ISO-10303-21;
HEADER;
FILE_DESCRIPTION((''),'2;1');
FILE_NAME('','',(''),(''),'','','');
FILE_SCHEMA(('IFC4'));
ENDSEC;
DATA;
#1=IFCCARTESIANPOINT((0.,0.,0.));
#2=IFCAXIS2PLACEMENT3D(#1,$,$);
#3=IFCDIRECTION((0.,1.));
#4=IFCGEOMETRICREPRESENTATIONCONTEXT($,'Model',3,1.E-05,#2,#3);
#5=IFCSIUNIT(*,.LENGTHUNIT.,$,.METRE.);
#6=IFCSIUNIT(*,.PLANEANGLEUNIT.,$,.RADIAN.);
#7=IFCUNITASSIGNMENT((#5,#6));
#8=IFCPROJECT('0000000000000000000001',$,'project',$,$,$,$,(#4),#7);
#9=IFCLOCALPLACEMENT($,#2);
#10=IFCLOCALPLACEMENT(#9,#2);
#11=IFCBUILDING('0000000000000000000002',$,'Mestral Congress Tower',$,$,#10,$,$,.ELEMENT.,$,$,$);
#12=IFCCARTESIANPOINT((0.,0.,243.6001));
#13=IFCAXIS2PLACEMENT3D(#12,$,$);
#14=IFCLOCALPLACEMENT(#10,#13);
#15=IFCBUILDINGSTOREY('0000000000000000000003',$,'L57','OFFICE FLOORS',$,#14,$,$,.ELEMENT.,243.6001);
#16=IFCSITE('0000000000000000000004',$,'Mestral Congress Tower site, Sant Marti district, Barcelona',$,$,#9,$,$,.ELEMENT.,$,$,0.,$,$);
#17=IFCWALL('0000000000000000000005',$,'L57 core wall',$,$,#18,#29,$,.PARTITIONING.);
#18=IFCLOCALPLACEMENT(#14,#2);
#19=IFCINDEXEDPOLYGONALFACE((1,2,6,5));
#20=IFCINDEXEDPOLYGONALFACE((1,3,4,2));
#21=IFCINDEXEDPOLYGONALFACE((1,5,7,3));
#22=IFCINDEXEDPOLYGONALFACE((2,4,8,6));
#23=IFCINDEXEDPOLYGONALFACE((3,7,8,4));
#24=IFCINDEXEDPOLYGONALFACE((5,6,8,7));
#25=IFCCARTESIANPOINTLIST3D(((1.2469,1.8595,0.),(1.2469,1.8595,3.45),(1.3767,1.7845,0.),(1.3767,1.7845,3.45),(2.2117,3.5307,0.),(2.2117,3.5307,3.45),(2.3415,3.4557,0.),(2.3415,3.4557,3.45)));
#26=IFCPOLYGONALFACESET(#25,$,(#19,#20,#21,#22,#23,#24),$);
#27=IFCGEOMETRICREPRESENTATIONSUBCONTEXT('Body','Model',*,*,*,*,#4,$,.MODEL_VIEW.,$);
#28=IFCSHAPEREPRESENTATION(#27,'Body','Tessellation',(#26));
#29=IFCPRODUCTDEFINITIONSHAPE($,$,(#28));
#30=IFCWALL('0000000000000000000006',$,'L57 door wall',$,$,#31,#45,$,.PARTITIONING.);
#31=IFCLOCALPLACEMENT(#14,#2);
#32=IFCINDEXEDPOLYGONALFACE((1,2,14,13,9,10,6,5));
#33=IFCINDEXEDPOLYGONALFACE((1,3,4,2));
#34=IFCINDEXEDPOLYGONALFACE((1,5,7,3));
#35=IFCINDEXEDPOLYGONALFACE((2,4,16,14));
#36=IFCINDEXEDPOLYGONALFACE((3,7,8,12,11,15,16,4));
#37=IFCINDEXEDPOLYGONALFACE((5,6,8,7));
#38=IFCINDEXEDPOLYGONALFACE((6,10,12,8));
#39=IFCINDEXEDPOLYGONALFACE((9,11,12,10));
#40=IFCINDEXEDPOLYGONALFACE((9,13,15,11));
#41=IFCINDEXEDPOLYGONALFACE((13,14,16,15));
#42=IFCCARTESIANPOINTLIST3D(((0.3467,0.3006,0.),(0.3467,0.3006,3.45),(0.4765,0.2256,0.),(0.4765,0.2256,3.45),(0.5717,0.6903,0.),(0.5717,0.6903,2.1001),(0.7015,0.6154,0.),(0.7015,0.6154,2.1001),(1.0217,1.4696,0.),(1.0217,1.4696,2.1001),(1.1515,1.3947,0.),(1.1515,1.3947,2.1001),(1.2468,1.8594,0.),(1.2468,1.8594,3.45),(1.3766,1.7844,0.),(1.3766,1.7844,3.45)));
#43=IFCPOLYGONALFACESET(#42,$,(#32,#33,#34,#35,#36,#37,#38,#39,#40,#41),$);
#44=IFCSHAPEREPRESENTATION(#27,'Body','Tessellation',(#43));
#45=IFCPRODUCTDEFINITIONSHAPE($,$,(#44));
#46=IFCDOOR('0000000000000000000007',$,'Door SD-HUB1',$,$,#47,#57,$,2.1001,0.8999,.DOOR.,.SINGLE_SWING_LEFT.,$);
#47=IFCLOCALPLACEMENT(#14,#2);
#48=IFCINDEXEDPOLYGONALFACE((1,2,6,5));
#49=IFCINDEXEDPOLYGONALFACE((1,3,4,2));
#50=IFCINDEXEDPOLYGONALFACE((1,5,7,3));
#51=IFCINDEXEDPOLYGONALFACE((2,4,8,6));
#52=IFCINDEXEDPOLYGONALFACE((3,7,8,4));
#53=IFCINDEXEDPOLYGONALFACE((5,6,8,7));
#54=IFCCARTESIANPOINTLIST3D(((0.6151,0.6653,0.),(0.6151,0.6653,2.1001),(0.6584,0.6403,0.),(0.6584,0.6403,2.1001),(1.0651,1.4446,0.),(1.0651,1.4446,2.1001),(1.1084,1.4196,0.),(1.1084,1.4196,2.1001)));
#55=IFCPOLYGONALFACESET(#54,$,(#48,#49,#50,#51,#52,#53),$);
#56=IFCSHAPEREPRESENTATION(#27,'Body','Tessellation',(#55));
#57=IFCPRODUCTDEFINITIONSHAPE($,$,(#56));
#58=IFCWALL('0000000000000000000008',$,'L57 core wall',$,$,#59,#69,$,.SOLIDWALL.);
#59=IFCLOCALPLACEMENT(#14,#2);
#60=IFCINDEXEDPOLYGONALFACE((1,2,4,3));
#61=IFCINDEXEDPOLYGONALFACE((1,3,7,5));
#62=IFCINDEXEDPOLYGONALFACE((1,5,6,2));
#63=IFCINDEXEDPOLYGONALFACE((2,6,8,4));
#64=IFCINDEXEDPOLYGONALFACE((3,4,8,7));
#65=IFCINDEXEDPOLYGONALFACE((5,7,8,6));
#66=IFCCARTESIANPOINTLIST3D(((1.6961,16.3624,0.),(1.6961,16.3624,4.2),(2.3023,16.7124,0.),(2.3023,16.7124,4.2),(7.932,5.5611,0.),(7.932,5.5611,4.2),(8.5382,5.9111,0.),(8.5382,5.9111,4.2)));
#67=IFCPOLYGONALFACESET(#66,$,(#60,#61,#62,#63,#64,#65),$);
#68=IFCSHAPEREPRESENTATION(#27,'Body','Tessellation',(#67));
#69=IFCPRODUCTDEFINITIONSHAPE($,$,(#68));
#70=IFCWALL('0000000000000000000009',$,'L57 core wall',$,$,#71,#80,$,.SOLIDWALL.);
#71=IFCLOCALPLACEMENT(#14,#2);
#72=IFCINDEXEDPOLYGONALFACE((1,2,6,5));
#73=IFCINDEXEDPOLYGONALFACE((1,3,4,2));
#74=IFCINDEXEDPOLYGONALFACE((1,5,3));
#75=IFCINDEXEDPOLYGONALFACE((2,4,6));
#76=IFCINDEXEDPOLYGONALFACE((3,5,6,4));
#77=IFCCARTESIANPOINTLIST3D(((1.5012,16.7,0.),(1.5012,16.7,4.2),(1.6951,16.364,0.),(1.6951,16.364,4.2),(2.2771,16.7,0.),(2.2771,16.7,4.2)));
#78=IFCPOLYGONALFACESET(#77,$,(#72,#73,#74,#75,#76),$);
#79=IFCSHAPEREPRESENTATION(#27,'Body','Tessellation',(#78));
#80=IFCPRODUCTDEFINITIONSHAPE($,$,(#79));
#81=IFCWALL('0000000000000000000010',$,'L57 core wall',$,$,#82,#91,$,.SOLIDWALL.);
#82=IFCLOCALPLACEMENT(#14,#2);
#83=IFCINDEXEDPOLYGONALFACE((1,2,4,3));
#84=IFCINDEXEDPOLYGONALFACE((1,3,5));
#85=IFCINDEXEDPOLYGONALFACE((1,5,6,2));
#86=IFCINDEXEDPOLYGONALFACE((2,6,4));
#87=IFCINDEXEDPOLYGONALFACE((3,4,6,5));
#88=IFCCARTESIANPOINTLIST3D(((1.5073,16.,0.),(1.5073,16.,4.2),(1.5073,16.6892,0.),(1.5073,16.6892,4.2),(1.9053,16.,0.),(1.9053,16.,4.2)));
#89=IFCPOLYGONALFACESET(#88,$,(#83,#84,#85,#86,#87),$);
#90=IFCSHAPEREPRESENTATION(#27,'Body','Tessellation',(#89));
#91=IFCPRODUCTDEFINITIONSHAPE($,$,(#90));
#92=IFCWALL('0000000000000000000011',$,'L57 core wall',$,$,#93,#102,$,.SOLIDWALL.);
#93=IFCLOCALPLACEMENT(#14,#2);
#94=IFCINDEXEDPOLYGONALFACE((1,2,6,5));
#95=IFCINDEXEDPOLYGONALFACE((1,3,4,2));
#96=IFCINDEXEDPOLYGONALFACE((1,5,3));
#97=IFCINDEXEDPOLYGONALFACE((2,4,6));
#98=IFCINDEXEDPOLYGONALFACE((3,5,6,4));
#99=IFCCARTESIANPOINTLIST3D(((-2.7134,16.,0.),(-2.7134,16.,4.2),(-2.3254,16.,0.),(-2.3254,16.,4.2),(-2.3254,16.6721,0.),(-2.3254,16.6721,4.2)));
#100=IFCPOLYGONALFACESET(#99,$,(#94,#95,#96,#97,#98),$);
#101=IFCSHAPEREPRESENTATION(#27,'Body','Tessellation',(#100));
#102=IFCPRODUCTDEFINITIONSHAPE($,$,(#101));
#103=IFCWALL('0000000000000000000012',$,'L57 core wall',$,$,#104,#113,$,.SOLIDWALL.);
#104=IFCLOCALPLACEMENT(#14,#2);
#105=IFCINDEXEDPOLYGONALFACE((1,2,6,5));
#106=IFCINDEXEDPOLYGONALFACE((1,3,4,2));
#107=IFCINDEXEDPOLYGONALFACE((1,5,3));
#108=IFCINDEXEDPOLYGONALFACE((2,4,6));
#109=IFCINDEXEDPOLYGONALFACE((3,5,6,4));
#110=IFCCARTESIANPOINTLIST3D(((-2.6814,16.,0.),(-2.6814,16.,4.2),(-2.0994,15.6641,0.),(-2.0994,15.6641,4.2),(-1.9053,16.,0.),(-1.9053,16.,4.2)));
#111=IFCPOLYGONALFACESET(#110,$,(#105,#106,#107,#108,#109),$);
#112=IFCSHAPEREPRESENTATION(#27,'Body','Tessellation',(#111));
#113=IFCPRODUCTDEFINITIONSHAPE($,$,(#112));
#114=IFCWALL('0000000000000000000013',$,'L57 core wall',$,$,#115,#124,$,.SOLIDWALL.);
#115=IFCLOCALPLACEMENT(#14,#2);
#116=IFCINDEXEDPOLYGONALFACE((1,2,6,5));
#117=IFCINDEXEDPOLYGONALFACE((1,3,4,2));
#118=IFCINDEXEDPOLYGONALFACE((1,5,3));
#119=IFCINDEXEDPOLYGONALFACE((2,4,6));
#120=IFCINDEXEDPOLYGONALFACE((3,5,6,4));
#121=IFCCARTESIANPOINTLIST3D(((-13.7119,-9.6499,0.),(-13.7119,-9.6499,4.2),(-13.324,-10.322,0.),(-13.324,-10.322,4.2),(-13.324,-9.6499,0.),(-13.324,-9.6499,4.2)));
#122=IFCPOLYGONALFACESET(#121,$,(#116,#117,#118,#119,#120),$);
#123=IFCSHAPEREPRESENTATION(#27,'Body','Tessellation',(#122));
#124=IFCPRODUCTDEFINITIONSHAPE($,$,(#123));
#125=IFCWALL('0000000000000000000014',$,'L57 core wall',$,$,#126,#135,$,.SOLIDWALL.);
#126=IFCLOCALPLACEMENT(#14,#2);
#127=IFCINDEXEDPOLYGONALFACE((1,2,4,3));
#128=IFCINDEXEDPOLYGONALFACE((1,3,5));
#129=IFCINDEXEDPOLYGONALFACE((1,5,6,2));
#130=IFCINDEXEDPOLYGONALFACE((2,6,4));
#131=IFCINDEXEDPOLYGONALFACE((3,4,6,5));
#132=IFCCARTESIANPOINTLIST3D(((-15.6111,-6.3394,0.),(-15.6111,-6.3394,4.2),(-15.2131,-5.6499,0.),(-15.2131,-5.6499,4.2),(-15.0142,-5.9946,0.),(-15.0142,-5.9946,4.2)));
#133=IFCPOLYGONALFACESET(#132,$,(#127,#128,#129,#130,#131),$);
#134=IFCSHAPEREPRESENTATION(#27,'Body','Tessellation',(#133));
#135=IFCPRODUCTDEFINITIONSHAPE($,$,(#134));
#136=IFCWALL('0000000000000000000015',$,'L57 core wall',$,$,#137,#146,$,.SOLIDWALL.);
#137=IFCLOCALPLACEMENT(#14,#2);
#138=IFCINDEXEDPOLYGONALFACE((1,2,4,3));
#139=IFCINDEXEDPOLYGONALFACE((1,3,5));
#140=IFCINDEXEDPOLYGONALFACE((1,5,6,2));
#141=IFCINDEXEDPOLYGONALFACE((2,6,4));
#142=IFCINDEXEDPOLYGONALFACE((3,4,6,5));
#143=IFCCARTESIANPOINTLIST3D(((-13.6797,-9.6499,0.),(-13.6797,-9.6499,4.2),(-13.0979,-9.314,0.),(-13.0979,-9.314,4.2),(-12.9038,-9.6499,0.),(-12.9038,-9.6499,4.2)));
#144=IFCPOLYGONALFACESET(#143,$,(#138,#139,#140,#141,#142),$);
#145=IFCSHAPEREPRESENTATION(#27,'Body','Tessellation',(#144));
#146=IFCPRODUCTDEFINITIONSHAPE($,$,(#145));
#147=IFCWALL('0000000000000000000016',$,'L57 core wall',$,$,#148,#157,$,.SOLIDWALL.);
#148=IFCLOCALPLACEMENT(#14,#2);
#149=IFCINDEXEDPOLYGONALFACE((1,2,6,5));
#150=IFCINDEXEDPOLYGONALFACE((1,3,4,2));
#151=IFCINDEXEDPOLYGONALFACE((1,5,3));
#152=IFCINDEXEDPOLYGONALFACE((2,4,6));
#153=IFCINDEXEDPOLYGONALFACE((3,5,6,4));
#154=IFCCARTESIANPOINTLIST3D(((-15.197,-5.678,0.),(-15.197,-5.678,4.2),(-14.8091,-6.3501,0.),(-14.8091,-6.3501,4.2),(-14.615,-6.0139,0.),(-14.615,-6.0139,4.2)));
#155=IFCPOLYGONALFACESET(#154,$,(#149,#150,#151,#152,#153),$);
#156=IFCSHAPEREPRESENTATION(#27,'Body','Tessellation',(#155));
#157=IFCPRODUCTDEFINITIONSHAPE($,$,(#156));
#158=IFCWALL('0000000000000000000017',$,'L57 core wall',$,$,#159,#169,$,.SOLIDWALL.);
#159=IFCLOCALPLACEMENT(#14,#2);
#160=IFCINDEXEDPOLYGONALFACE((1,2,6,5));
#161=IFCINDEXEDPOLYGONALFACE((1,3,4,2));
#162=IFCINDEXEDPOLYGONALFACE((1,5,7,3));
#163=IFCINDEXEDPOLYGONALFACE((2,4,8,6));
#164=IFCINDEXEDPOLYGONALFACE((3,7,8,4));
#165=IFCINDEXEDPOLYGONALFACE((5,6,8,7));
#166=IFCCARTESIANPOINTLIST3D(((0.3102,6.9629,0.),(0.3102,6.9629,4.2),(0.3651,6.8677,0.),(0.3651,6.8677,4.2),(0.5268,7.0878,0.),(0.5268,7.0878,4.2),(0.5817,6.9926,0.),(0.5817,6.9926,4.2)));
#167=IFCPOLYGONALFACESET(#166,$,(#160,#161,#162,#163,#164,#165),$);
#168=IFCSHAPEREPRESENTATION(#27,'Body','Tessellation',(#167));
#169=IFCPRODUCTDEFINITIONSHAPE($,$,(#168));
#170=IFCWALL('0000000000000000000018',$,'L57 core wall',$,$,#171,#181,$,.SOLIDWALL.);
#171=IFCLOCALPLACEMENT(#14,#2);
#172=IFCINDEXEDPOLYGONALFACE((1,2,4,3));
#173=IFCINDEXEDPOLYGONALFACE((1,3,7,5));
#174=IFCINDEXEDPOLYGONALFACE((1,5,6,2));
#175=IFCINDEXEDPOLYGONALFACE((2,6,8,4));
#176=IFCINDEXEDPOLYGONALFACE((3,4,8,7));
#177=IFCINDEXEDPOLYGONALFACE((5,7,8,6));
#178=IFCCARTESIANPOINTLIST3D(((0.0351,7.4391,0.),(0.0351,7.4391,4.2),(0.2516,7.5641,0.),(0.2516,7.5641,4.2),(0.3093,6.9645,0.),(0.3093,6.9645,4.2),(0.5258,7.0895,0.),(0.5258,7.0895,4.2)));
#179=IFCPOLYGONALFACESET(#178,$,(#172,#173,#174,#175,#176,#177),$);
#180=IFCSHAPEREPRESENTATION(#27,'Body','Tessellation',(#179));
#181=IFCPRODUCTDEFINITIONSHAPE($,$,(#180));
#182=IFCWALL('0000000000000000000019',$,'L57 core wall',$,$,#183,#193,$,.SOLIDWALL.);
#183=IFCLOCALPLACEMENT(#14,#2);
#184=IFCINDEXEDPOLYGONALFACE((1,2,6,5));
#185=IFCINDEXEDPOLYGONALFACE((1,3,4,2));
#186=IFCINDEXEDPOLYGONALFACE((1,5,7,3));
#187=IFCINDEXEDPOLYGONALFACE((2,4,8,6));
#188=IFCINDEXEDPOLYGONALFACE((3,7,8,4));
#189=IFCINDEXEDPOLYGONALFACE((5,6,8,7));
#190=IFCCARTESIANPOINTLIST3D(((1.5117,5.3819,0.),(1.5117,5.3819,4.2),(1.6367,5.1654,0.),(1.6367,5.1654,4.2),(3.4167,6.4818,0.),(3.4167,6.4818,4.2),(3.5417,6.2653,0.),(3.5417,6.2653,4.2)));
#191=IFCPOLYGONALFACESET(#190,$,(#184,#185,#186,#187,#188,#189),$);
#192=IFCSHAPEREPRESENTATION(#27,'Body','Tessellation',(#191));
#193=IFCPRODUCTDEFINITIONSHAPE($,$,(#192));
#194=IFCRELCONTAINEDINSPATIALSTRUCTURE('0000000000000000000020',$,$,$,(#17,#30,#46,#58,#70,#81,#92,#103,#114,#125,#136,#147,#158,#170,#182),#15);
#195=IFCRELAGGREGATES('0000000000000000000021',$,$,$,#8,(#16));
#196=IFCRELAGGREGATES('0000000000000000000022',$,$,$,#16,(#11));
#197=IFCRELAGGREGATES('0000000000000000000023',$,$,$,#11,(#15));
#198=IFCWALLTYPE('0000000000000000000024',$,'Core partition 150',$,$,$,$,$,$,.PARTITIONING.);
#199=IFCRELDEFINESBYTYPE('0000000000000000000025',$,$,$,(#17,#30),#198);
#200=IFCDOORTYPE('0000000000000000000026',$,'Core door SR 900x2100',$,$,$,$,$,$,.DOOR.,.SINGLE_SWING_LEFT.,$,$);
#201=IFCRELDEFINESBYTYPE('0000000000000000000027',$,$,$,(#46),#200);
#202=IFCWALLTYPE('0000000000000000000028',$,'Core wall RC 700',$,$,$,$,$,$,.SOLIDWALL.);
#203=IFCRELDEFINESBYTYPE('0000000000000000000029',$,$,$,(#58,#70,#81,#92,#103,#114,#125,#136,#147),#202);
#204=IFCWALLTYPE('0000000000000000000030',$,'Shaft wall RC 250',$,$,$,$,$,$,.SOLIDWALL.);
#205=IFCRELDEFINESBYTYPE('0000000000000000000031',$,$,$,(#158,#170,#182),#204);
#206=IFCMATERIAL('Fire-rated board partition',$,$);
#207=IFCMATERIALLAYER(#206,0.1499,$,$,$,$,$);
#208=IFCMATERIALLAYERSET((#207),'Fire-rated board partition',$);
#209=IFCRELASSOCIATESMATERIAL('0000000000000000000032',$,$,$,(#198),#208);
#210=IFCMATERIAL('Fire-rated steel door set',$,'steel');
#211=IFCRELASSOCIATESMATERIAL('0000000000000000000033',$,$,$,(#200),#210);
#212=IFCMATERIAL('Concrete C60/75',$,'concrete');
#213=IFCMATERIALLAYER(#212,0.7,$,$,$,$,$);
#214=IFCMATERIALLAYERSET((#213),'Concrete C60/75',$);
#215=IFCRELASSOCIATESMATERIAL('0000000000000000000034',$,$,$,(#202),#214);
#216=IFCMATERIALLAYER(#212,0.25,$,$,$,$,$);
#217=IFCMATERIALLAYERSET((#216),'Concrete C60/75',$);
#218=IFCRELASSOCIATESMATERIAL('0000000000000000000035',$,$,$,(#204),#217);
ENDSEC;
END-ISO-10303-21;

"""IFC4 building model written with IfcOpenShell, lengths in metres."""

from ifc_helpers import new_model, si_unit, direction, frame, frame_2d, origin, place, context, subcontext, project, spatial, polyline, rectangle, outline, extrude, material, layer, layer_set, type_object, element, fill, save


model = new_model("IFC4")

# Units and contexts
model_context = context("Model", 3, precision=1e-05, world=origin(), true_north=direction((0.0, 1.0)))
body_context = subcontext(model_context, "Body", "Model", "MODEL_VIEW")
ifc_project = project(units=[si_unit("LENGTHUNIT", "METRE"), si_unit("PLANEANGLEUNIT", "RADIAN")], contexts=[model_context])

# Site, building, storey
site_placement = place(None, origin())
site = spatial("IfcSite", under=ifc_project, at=site_placement, Name="Mestral Congress Tower site, Sant Marti district, Barcelona", CompositionType="ELEMENT", RefElevation=0.0)
building_placement = place(site_placement, origin())
building = spatial("IfcBuilding", under=site, at=building_placement, Name="Mestral Congress Tower", CompositionType="ELEMENT")
storey_placement = place(building_placement, frame((0.0, 0.0, 243.6001)))
storey = spatial("IfcBuildingStorey", under=building, at=storey_placement, Name="L57", Description="OFFICE FLOORS", CompositionType="ELEMENT", Elevation=243.6001)

# Wall
ifc_material_1 = material(Name="Fire-rated board partition")
ifc_layer_1 = layer(ifc_material_1, 0.1499)
ifc_layer_set_1 = layer_set([ifc_layer_1], Name="Fire-rated board partition")
wall_type_1 = type_object("IfcWallType", Name="Core partition 150", PredefinedType="PARTITIONING", material=ifc_layer_set_1)
wall_1_placement = place(storey_placement, frame((1.3118, 1.822, 0.0), z_axis=(0.0, 0.0, 1.0), x_axis=(0.500004, 0.866023, 0.0)))
element("IfcWall", 1, at=wall_1_placement, inside=storey, type_object=wall_type_1, Name="L57 core wall", PredefinedType="PARTITIONING", context=body_context, shape_type="SweptSolid", body=[
    extrude(rectangle(XDim=1.9297, YDim=0.1499, at=frame_2d((0.9648, 0.0))), origin(), (0.0, 0.0, 1.0), 3.45),
])

# Wall, opening, door
wall_2_placement = place(storey_placement, frame((0.4116, 0.2632, 0.0), z_axis=(0.0, 0.0, 1.0), x_axis=(0.500063, 0.865989, 0.0)))
wall_2 = element("IfcWall", 2, at=wall_2_placement, inside=storey, type_object=wall_type_1, Name="L57 door wall", PredefinedType="PARTITIONING", context=body_context, shape_type="SweptSolid", body=[
    extrude(rectangle(XDim=1.8, YDim=0.1499, at=frame_2d((0.8999, 0.0))), origin(), (0.0, 0.0, 1.0), 3.45),
])
opening_placement = place(wall_2_placement, frame((0.45, 0.0, 0.0)))
opening = element("IfcOpeningElement", 3, at=opening_placement, cuts=wall_2, PredefinedType="OPENING", context=body_context, shape_type="SweptSolid", body=[
    extrude(rectangle(XDim=0.8999, YDim=2.1001, at=frame_2d((0.45, 1.05))), frame((0.0, 0.085, 0.0), z_axis=(0.0, -1.0, 0.0), x_axis=(1.0, 0.0, 0.0)), (0.0, 0.0, 1.0), 0.1699),
])
ifc_material_2 = material(Name="Fire-rated steel door set", Category="steel")
door_type = type_object("IfcDoorType", Name="Core door SR 900x2100", OperationType="SINGLE_SWING_LEFT", PredefinedType="DOOR", material=ifc_material_2)
door_placement = place(opening_placement, origin())
door = element("IfcDoor", 4, at=door_placement, inside=storey, type_object=door_type, Name="Door SD-HUB1", OperationType="SINGLE_SWING_LEFT", OverallHeight=2.1001, OverallWidth=0.8999, PredefinedType="DOOR", context=body_context, shape_type="SweptSolid", body=[
    extrude(rectangle(XDim=0.8999, YDim=2.1001, at=frame_2d((0.45, 1.05))), frame((0.0, 0.0249, 0.0), z_axis=(0.0, -1.0, 0.0), x_axis=(1.0, 0.0, 0.0)), (0.0, 0.0, 1.0), 0.05),
])
fill(opening, door)

# Walls
ifc_material_3 = material(Name="Concrete C60/75", Category="concrete")
ifc_layer_2 = layer(ifc_material_3, 0.7)
ifc_layer_set_2 = layer_set([ifc_layer_2], Name="Concrete C60/75")
wall_type_2 = type_object("IfcWallType", Name="Core wall RC 700", PredefinedType="SOLIDWALL", material=ifc_layer_set_2)
wall_3_placement = place(storey_placement, frame((8.2351, 5.7361, 0.0), z_axis=(0.0, 0.0, 1.0), x_axis=(-0.499983, 0.866035, 0.0)))
element("IfcWall", 5, at=wall_3_placement, inside=storey, type_object=wall_type_2, Name="L57 core wall", PredefinedType="SOLIDWALL", context=body_context, shape_type="SweptSolid", body=[
    extrude(rectangle(XDim=12.4722, YDim=0.7, at=frame_2d((6.2361, 0.0))), origin(), (0.0, 0.0, 1.0), 4.2),
])
placement = place(storey_placement, origin())
element("IfcWall", 6, at=placement, inside=storey, type_object=wall_type_2, Name="L57 core wall", PredefinedType="SOLIDWALL", context=body_context, shape_type="SweptSolid", body=[
    extrude(outline(polyline([(1.5012, 16.7), (2.2771, 16.7), (1.6951, 16.364), (1.5012, 16.7)])), origin(), (0.0, 0.0, 1.0), 4.2),
])
element("IfcWall", 7, at=placement, inside=storey, type_object=wall_type_2, Name="L57 core wall", PredefinedType="SOLIDWALL", context=body_context, shape_type="SweptSolid", body=[
    extrude(outline(polyline([(1.9053, 16.0), (1.5073, 16.0), (1.5073, 16.6892), (1.9053, 16.0)])), origin(), (0.0, 0.0, 1.0), 4.2),
])
element("IfcWall", 8, at=placement, inside=storey, type_object=wall_type_2, Name="L57 core wall", PredefinedType="SOLIDWALL", context=body_context, shape_type="SweptSolid", body=[
    extrude(outline(polyline([(-2.7134, 16.0), (-2.3254, 16.6721), (-2.3254, 16.0), (-2.7134, 16.0)])), origin(), (0.0, 0.0, 1.0), 4.2),
])
element("IfcWall", 9, at=placement, inside=storey, type_object=wall_type_2, Name="L57 core wall", PredefinedType="SOLIDWALL", context=body_context, shape_type="SweptSolid", body=[
    extrude(outline(polyline([(-1.9053, 16.0), (-2.0994, 15.6641), (-2.6814, 16.0), (-1.9053, 16.0)])), origin(), (0.0, 0.0, 1.0), 4.2),
])
element("IfcWall", 10, at=placement, inside=storey, type_object=wall_type_2, Name="L57 core wall", PredefinedType="SOLIDWALL", context=body_context, shape_type="SweptSolid", body=[
    extrude(outline(polyline([(-13.7119, -9.6499), (-13.324, -9.6499), (-13.324, -10.322), (-13.7119, -9.6499)])), origin(), (0.0, 0.0, 1.0), 4.2),
])
element("IfcWall", 11, at=placement, inside=storey, type_object=wall_type_2, Name="L57 core wall", PredefinedType="SOLIDWALL", context=body_context, shape_type="SweptSolid", body=[
    extrude(outline(polyline([(-15.0142, -5.9946), (-15.6111, -6.3394), (-15.2131, -5.6499), (-15.0142, -5.9946)])), origin(), (0.0, 0.0, 1.0), 4.2),
])
element("IfcWall", 12, at=placement, inside=storey, type_object=wall_type_2, Name="L57 core wall", PredefinedType="SOLIDWALL", context=body_context, shape_type="SweptSolid", body=[
    extrude(outline(polyline([(-12.9038, -9.6499), (-13.6797, -9.6499), (-13.0979, -9.314), (-12.9038, -9.6499)])), origin(), (0.0, 0.0, 1.0), 4.2),
])
element("IfcWall", 13, at=placement, inside=storey, type_object=wall_type_2, Name="L57 core wall", PredefinedType="SOLIDWALL", context=body_context, shape_type="SweptSolid", body=[
    extrude(outline(polyline([(-14.8091, -6.3501), (-15.197, -5.678), (-14.615, -6.0139), (-14.8091, -6.3501)])), origin(), (0.0, 0.0, 1.0), 4.2),
])
ifc_layer_3 = layer(ifc_material_3, 0.25)
ifc_layer_set_3 = layer_set([ifc_layer_3], Name="Concrete C60/75")
wall_type_3 = type_object("IfcWallType", Name="Shaft wall RC 250", PredefinedType="SOLIDWALL", material=ifc_layer_set_3)
wall_4_placement = place(storey_placement, frame((0.4734, 6.9302, 0.0), z_axis=(0.0, 0.0, 1.0), x_axis=(-0.499722, 0.866186, 0.0)))
element("IfcWall", 14, at=wall_4_placement, inside=storey, type_object=wall_type_3, Name="L57 core wall", PredefinedType="SOLIDWALL", context=body_context, shape_type="SweptSolid", body=[
    extrude(rectangle(XDim=0.1099, YDim=0.25, at=frame_2d((0.0549, 0.0))), origin(), (0.0, 0.0, 1.0), 4.2),
])
wall_5_placement = place(storey_placement, frame((0.4175, 7.0271, 0.0), z_axis=(0.0, 0.0, 1.0), x_axis=(-0.500211, 0.865904, 0.0)))
element("IfcWall", 15, at=wall_5_placement, inside=storey, type_object=wall_type_3, Name="L57 core wall", PredefinedType="SOLIDWALL", context=body_context, shape_type="SweptSolid", body=[
    extrude(rectangle(XDim=0.5481, YDim=0.25, at=frame_2d((0.2739, 0.0))), origin(), (0.0, 0.0, 1.0), 4.2),
])
wall_6_placement = place(storey_placement, frame((1.5742, 5.2737, 0.0), z_axis=(0.0, 0.0, 1.0), x_axis=(0.866028, 0.499995, 0.0)))
element("IfcWall", 16, at=wall_6_placement, inside=storey, type_object=wall_type_3, Name="L57 core wall", PredefinedType="SOLIDWALL", context=body_context, shape_type="SweptSolid", body=[
    extrude(rectangle(XDim=2.1997, YDim=0.25, at=frame_2d((1.0999, 0.0))), origin(), (0.0, 0.0, 1.0), 4.2),
])

save(model, "model.ifc")
